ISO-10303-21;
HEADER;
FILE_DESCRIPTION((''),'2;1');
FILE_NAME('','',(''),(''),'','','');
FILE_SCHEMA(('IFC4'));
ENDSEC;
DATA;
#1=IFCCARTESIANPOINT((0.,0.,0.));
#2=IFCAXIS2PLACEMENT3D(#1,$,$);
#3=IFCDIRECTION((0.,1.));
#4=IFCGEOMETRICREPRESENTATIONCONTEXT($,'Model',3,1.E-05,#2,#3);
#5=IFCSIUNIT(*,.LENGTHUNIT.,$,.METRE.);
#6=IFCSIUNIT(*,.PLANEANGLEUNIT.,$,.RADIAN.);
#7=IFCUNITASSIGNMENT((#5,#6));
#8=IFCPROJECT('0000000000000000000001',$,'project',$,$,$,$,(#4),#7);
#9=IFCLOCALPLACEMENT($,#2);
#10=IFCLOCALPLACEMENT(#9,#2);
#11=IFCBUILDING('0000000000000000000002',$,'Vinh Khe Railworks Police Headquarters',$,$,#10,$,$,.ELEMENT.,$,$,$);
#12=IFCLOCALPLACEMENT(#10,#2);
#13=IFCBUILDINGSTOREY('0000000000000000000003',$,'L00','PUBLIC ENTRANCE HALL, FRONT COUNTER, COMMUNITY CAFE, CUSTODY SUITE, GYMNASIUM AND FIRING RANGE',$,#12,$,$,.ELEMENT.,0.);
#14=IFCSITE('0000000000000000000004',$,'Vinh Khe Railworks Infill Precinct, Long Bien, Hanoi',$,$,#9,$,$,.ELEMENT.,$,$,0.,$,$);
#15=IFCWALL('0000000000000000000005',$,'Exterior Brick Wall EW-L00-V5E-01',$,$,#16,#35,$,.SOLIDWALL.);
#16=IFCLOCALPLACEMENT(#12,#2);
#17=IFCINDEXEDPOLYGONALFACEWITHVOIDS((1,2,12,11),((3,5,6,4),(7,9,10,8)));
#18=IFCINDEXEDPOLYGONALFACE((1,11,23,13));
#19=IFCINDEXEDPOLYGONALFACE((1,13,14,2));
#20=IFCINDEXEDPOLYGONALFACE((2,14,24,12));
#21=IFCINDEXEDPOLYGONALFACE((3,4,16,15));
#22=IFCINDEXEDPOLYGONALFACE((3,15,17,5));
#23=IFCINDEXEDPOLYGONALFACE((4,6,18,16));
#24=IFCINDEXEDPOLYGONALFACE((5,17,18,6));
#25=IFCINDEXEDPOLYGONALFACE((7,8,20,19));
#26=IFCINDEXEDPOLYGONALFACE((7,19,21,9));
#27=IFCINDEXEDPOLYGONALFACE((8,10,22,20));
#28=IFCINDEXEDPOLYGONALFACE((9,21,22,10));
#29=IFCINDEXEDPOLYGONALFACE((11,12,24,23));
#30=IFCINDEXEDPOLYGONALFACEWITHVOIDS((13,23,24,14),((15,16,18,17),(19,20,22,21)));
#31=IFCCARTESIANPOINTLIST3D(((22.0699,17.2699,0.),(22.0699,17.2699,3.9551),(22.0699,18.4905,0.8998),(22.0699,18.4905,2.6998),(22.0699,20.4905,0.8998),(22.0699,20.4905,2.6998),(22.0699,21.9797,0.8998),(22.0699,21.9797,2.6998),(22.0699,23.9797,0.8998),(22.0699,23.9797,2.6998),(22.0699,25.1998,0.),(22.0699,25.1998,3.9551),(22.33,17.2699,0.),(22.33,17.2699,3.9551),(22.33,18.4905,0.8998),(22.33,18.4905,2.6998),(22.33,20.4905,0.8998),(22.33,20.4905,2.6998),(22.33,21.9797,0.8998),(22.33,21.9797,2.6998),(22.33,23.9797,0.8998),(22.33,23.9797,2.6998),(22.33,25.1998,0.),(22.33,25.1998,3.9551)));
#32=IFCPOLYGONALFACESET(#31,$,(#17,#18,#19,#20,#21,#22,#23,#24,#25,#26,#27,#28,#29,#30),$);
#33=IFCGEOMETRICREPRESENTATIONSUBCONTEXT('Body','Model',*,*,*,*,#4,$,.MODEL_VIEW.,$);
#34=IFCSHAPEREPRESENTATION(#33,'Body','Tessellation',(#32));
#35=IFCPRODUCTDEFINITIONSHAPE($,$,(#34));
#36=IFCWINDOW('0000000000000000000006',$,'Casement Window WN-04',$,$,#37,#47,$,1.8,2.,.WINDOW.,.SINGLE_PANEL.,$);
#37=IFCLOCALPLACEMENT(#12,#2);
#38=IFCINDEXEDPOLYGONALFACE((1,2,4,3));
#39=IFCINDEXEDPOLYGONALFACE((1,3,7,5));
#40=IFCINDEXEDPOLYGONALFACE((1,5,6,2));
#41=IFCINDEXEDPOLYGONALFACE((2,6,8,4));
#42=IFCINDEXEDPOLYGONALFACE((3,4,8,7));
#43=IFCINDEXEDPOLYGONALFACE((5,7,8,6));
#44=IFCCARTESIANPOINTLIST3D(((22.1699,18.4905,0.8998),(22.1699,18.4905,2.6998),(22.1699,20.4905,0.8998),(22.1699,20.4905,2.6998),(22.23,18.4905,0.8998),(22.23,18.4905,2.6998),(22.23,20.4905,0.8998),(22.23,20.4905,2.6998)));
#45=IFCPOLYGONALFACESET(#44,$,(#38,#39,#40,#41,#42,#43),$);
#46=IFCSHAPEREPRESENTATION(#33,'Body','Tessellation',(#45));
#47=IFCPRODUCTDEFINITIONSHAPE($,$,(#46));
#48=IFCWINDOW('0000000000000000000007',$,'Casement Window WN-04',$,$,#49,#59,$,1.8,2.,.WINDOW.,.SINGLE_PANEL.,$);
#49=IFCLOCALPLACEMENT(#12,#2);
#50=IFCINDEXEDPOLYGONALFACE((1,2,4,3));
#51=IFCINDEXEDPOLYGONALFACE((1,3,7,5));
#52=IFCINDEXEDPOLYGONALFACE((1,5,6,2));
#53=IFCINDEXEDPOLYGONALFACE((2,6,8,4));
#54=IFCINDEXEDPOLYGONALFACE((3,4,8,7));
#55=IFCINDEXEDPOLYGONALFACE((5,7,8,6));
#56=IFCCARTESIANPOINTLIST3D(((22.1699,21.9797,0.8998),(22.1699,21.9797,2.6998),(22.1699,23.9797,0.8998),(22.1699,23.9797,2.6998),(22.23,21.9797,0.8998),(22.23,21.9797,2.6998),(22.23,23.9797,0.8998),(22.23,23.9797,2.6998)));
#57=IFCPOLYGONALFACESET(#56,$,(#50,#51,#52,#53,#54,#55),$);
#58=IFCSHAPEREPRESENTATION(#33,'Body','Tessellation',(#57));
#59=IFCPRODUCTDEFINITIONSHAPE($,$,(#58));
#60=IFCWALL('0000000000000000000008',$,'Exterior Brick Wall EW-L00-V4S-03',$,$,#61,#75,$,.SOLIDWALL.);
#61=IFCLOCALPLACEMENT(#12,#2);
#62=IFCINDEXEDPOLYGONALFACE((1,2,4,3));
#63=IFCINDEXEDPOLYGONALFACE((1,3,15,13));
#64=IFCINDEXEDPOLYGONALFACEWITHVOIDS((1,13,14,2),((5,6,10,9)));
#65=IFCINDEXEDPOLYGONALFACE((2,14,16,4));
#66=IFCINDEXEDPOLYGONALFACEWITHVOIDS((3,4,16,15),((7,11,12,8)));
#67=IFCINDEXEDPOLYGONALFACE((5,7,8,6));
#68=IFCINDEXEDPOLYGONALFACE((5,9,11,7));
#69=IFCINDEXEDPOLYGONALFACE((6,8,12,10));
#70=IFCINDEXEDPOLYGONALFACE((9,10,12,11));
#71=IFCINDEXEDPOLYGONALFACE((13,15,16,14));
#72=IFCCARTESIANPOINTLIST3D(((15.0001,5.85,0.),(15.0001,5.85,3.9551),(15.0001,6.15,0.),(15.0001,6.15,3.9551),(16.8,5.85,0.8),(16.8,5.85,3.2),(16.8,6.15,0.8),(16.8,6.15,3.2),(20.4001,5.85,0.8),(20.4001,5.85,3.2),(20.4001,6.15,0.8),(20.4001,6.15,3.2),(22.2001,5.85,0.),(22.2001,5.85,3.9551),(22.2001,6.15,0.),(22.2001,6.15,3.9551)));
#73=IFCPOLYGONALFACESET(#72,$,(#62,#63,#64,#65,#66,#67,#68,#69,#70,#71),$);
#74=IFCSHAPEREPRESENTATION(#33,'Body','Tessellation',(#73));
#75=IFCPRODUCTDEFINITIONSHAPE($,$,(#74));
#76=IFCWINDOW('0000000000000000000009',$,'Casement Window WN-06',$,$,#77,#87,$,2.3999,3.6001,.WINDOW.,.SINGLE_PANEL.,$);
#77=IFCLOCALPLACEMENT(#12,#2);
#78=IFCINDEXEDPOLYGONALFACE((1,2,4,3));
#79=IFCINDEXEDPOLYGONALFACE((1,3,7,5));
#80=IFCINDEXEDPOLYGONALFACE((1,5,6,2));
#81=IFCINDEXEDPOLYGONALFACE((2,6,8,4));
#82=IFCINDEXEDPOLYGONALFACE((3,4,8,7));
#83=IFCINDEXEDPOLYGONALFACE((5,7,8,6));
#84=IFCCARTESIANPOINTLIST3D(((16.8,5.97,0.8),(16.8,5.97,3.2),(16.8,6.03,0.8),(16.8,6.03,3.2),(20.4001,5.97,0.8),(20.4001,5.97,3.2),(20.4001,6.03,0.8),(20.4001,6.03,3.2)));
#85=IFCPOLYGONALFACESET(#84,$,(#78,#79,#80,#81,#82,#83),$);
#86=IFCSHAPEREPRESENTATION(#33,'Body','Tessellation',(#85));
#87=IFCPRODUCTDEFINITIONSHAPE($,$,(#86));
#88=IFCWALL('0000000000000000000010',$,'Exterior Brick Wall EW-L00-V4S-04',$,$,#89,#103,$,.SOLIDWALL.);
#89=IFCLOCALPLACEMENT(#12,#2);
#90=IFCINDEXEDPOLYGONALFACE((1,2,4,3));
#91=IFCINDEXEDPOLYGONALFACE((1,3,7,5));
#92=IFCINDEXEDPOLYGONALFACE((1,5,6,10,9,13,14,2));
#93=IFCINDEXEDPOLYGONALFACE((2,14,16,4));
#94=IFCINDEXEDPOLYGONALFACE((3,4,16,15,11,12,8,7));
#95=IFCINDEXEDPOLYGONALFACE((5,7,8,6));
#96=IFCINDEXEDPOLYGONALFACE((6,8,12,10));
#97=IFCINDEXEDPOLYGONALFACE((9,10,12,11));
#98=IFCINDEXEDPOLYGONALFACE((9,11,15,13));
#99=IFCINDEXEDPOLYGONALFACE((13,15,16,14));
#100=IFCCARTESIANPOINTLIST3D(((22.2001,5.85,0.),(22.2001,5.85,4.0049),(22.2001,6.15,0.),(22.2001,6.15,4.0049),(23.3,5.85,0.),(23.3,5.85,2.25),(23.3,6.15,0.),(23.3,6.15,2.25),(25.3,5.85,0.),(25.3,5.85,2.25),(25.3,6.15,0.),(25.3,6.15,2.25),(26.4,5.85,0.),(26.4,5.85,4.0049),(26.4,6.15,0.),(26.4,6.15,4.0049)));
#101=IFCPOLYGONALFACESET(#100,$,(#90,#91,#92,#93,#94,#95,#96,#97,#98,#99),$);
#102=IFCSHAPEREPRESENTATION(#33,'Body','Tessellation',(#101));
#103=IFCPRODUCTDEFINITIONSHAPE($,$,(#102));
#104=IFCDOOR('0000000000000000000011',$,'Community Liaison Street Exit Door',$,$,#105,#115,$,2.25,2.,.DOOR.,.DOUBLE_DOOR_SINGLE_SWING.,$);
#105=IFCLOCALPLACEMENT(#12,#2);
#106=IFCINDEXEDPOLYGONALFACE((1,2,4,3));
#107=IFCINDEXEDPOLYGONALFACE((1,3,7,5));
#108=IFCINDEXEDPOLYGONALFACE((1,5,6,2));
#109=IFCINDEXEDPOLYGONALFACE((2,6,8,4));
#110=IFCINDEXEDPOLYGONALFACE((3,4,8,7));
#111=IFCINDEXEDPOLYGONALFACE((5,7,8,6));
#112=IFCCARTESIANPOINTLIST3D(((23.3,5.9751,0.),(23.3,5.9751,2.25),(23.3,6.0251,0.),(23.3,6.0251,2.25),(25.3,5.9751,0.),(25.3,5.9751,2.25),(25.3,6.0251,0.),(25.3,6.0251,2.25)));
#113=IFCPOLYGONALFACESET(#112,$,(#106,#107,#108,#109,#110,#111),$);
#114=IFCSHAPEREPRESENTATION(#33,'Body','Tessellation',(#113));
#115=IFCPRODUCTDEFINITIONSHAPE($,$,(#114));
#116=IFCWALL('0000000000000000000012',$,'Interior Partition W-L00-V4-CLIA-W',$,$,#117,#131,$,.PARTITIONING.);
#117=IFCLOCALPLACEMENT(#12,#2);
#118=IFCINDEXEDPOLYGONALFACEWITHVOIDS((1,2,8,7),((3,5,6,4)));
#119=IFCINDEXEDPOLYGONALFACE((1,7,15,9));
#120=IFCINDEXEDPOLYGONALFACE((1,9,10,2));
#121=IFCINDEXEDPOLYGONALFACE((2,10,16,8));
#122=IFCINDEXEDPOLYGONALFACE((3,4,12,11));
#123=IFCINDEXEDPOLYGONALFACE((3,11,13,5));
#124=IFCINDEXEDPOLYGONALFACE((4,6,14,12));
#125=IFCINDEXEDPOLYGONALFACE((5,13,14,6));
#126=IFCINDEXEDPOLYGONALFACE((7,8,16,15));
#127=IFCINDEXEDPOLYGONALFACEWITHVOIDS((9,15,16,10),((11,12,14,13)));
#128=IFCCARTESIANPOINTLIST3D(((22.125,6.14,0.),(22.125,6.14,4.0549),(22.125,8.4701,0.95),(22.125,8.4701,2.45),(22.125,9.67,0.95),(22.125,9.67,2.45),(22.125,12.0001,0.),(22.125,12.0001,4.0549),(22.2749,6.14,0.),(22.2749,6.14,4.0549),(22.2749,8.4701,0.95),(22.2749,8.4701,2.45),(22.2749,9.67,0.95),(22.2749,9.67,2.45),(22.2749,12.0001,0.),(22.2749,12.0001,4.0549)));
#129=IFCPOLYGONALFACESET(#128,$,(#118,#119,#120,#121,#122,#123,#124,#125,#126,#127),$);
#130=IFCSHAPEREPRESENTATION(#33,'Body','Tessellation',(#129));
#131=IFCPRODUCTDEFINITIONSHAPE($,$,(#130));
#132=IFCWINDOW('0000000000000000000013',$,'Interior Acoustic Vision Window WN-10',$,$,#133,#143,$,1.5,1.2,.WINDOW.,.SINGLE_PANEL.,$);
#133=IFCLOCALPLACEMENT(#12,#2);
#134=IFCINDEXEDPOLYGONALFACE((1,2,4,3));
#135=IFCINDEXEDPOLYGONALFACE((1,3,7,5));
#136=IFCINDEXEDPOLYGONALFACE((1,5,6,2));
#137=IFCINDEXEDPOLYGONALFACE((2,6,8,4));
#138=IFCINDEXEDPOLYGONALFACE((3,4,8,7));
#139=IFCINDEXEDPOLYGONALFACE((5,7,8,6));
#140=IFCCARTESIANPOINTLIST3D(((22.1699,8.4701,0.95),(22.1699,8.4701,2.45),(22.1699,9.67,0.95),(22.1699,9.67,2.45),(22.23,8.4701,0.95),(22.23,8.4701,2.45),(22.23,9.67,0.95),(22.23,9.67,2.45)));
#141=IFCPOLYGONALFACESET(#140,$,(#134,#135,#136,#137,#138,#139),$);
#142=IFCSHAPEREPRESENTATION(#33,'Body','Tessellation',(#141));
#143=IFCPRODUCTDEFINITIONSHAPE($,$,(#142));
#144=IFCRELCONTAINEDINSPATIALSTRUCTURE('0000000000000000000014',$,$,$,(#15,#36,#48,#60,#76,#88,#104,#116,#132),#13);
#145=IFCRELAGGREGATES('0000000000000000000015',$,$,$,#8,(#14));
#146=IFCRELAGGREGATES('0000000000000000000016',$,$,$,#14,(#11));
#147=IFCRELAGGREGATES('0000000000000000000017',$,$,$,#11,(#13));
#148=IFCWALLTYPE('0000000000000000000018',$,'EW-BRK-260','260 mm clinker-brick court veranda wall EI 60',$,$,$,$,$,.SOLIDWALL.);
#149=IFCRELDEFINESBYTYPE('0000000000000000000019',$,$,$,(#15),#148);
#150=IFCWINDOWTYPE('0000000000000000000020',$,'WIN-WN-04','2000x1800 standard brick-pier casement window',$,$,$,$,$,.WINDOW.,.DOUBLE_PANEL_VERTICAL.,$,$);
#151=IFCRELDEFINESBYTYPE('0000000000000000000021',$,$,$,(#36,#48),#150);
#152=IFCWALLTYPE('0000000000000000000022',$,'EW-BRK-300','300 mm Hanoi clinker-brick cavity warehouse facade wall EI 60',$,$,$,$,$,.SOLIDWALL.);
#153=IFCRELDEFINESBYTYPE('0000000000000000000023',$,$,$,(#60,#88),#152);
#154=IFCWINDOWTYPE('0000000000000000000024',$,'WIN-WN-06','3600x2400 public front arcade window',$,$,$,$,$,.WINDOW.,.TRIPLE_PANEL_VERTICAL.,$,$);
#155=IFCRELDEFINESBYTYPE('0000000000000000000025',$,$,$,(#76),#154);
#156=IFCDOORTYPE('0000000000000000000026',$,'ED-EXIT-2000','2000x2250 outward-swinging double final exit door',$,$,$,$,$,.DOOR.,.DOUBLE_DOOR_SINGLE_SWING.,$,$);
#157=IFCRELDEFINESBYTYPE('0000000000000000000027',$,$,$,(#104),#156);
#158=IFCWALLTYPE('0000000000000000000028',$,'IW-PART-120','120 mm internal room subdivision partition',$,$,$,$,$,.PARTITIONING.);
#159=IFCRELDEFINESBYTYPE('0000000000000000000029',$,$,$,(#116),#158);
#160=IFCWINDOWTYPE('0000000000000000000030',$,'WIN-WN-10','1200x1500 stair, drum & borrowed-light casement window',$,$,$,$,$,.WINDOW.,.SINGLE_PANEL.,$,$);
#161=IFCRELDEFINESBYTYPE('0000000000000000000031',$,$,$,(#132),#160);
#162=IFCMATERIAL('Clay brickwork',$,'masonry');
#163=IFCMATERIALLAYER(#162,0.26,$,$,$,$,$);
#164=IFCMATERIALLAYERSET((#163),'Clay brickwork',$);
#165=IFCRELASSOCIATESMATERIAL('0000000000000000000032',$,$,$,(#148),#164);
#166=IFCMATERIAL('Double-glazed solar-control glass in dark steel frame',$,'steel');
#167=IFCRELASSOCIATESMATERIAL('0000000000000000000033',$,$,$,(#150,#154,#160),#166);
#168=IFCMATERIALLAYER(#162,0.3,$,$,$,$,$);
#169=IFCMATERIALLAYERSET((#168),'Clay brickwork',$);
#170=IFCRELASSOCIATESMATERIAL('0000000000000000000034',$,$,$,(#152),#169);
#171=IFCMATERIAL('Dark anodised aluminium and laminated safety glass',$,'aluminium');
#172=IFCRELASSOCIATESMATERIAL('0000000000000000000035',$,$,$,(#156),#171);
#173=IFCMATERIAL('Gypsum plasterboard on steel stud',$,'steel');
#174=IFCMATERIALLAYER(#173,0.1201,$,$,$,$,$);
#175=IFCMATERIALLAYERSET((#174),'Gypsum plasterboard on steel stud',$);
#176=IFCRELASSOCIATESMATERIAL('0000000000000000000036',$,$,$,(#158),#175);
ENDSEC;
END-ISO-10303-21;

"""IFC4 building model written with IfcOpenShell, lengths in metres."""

from ifc_helpers import new_model, si_unit, direction, frame, frame_2d, origin, place, context, subcontext, project, spatial, rectangle, extrude, material, layer, layer_set, type_object, element, fill, save


model = new_model("IFC4")

# Units and contexts
model_context = context("Model", 3, precision=1e-05, world=origin(), true_north=direction((0.0, 1.0)))
body_context = subcontext(model_context, "Body", "Model", "MODEL_VIEW")
ifc_project = project(units=[si_unit("LENGTHUNIT", "METRE"), si_unit("PLANEANGLEUNIT", "RADIAN")], contexts=[model_context])

# Site, building, storey
site_placement = place(None, origin())
site = spatial("IfcSite", under=ifc_project, at=site_placement, Name="Vinh Khe Railworks Infill Precinct, Long Bien, Hanoi", CompositionType="ELEMENT", RefElevation=0.0)
building_placement = place(site_placement, origin())
building = spatial("IfcBuilding", under=site, at=building_placement, Name="Vinh Khe Railworks Police Headquarters", CompositionType="ELEMENT")
storey_placement = place(building_placement, origin())
storey = spatial("IfcBuildingStorey", under=building, at=storey_placement, Name="L00", Description="PUBLIC ENTRANCE HALL, FRONT COUNTER, COMMUNITY CAFE, CUSTODY SUITE, GYMNASIUM AND FIRING RANGE", CompositionType="ELEMENT", Elevation=0.0)

# Shared definitions
ifc_material_1 = material(Name="Clay brickwork", Category="masonry")
ifc_layer_1 = layer(ifc_material_1, 0.26)
ifc_layer_set_1 = layer_set([ifc_layer_1], Name="Clay brickwork")
wall_type_1 = type_object("IfcWallType", Name="EW-BRK-260", Description="260 mm clinker-brick court veranda wall EI 60", PredefinedType="SOLIDWALL", material=ifc_layer_set_1)
ifc_material_2 = material(Name="Double-glazed solar-control glass in dark steel frame", Category="steel")

# Wall, openings, windows
wall_1_placement = place(storey_placement, frame((22.2, 17.27, 0.0), z_axis=(0.0, 0.0, 1.0), x_axis=(0.0, 1.0, 0.0)))
wall_1 = element("IfcWall", 1, at=wall_1_placement, inside=storey, type_object=wall_type_1, Name="Exterior Brick Wall EW-L00-V5E-01", PredefinedType="SOLIDWALL", context=body_context, shape_type="SweptSolid", body=[
    extrude(rectangle(XDim=7.9299, YDim=0.26, at=frame_2d((3.9648, 0.0))), origin(), (0.0, 0.0, 1.0), 3.9551),
])
opening_1_placement = place(wall_1_placement, frame((1.2205, 0.0, 0.8999)))
opening_1 = element("IfcOpeningElement", 2, at=opening_1_placement, cuts=wall_1, PredefinedType="OPENING", context=body_context, shape_type="SweptSolid", body=[
    extrude(rectangle(XDim=2.0, YDim=1.8, at=frame_2d((1.0, 0.8999))), frame((0.0, 0.145, 0.0), z_axis=(0.0, -1.0, 0.0), x_axis=(1.0, 0.0, 0.0)), (0.0, 0.0, 1.0), 0.2898),
])
opening_2_placement = place(wall_1_placement, frame((4.7097, 0.0, 0.8999)))
opening_2 = element("IfcOpeningElement", 3, at=opening_2_placement, cuts=wall_1, PredefinedType="OPENING", context=body_context, shape_type="SweptSolid", body=[
    extrude(rectangle(XDim=2.0, YDim=1.8, at=frame_2d((1.0, 0.8999))), frame((0.0, 0.145, 0.0), z_axis=(0.0, -1.0, 0.0), x_axis=(1.0, 0.0, 0.0)), (0.0, 0.0, 1.0), 0.2898),
])
window_type_1 = type_object("IfcWindowType", Name="WIN-WN-04", Description="2000x1800 standard brick-pier casement window", PartitioningType="DOUBLE_PANEL_VERTICAL", PredefinedType="WINDOW", material=ifc_material_2)
window_1_placement = place(opening_1_placement, origin())
window_1 = element("IfcWindow", 4, at=window_1_placement, inside=storey, type_object=window_type_1, Name="Casement Window WN-04", OverallHeight=1.8, OverallWidth=2.0, PartitioningType="SINGLE_PANEL", PredefinedType="WINDOW", context=body_context, shape_type="SweptSolid", body=[
    extrude(rectangle(XDim=2.0, YDim=1.8, at=frame_2d((1.0, 0.8999))), frame((0.0, 0.03, 0.0), z_axis=(0.0, -1.0, 0.0), x_axis=(1.0, 0.0, 0.0)), (0.0, 0.0, 1.0), 0.0601),
])
fill(opening_1, window_1)
window_2_placement = place(opening_2_placement, origin())
window_2 = element("IfcWindow", 5, at=window_2_placement, inside=storey, type_object=window_type_1, Name="Casement Window WN-04", OverallHeight=1.8, OverallWidth=2.0, PartitioningType="SINGLE_PANEL", PredefinedType="WINDOW", context=body_context, shape_type="SweptSolid", body=[
    extrude(rectangle(XDim=2.0, YDim=1.8, at=frame_2d((1.0, 0.8999))), frame((0.0, 0.03, 0.0), z_axis=(0.0, -1.0, 0.0), x_axis=(1.0, 0.0, 0.0)), (0.0, 0.0, 1.0), 0.0601),
])
fill(opening_2, window_2)

# Wall, opening, window
ifc_layer_2 = layer(ifc_material_1, 0.3)
ifc_layer_set_2 = layer_set([ifc_layer_2], Name="Clay brickwork")
wall_type_2 = type_object("IfcWallType", Name="EW-BRK-300", Description="300 mm Hanoi clinker-brick cavity warehouse facade wall EI 60", PredefinedType="SOLIDWALL", material=ifc_layer_set_2)
wall_2_placement = place(storey_placement, frame((15.0, 6.0, 0.0), z_axis=(0.0, 0.0, 1.0), x_axis=(1.0, 0.0, 0.0)))
wall_2 = element("IfcWall", 6, at=wall_2_placement, inside=storey, type_object=wall_type_2, Name="Exterior Brick Wall EW-L00-V4S-03", PredefinedType="SOLIDWALL", context=body_context, shape_type="SweptSolid", body=[
    extrude(rectangle(XDim=7.2, YDim=0.3, at=frame_2d((3.6001, 0.0))), origin(), (0.0, 0.0, 1.0), 3.9551),
])
opening_3_placement = place(wall_2_placement, frame((1.8, 0.0, 0.8)))
opening_3 = element("IfcOpeningElement", 7, at=opening_3_placement, cuts=wall_2, PredefinedType="OPENING", context=body_context, shape_type="SweptSolid", body=[
    extrude(rectangle(XDim=3.6001, YDim=2.3999, at=frame_2d((1.8, 1.2))), frame((0.0, 0.165, 0.0), z_axis=(0.0, -1.0, 0.0), x_axis=(1.0, 0.0, 0.0)), (0.0, 0.0, 1.0), 0.3298),
])
window_type_2 = type_object("IfcWindowType", Name="WIN-WN-06", Description="3600x2400 public front arcade window", PartitioningType="TRIPLE_PANEL_VERTICAL", PredefinedType="WINDOW", material=ifc_material_2)
window_3_placement = place(opening_3_placement, origin())
window_3 = element("IfcWindow", 8, at=window_3_placement, inside=storey, type_object=window_type_2, Name="Casement Window WN-06", OverallHeight=2.3999, OverallWidth=3.6001, PartitioningType="SINGLE_PANEL", PredefinedType="WINDOW", context=body_context, shape_type="SweptSolid", body=[
    extrude(rectangle(XDim=3.6001, YDim=2.3999, at=frame_2d((1.8, 1.2))), frame((0.0, 0.03, 0.0), z_axis=(0.0, -1.0, 0.0), x_axis=(1.0, 0.0, 0.0)), (0.0, 0.0, 1.0), 0.0601),
])
fill(opening_3, window_3)

# Wall, opening, door
wall_3_placement = place(storey_placement, frame((22.2, 6.0, 0.0), z_axis=(0.0, 0.0, 1.0), x_axis=(1.0, 0.0, 0.0)))
wall_3 = element("IfcWall", 9, at=wall_3_placement, inside=storey, type_object=wall_type_2, Name="Exterior Brick Wall EW-L00-V4S-04", PredefinedType="SOLIDWALL", context=body_context, shape_type="SweptSolid", body=[
    extrude(rectangle(XDim=4.2, YDim=0.3, at=frame_2d((2.1001, 0.0))), origin(), (0.0, 0.0, 1.0), 4.0049),
])
opening_4_placement = place(wall_3_placement, frame((1.1001, 0.0, 0.0)))
opening_4 = element("IfcOpeningElement", 10, at=opening_4_placement, cuts=wall_3, PredefinedType="OPENING", context=body_context, shape_type="SweptSolid", body=[
    extrude(rectangle(XDim=2.0, YDim=2.25, at=frame_2d((1.0, 1.125))), frame((0.0, 0.165, 0.0), z_axis=(0.0, -1.0, 0.0), x_axis=(1.0, 0.0, 0.0)), (0.0, 0.0, 1.0), 0.3298),
])
ifc_material_3 = material(Name="Dark anodised aluminium and laminated safety glass", Category="aluminium")
door_type_1 = type_object("IfcDoorType", Name="ED-EXIT-2000", Description="2000x2250 outward-swinging double final exit door", OperationType="DOUBLE_DOOR_SINGLE_SWING", PredefinedType="DOOR", material=ifc_material_3)
door_1_placement = place(opening_4_placement, frame((2.0, 0.0, 0.0), z_axis=(0.0, 0.0, 1.0), x_axis=(-1.0, 0.0, 0.0)))
door_1 = element("IfcDoor", 11, at=door_1_placement, inside=storey, type_object=door_type_1, Name="Community Liaison Street Exit Door", OperationType="DOUBLE_DOOR_SINGLE_SWING", OverallHeight=2.25, OverallWidth=2.0, PredefinedType="DOOR", context=body_context, shape_type="SweptSolid", body=[
    extrude(rectangle(XDim=2.0, YDim=2.25, at=frame_2d((1.0, 1.125))), frame((0.0, 0.0249, 0.0), z_axis=(0.0, -1.0, 0.0), x_axis=(1.0, 0.0, 0.0)), (0.0, 0.0, 1.0), 0.05),
])
fill(opening_4, door_1)

# Wall, opening, window
ifc_material_4 = material(Name="Gypsum plasterboard on steel stud", Category="steel")
ifc_layer_3 = layer(ifc_material_4, 0.1201)
ifc_layer_set_3 = layer_set([ifc_layer_3], Name="Gypsum plasterboard on steel stud")
wall_type_3 = type_object("IfcWallType", Name="IW-PART-120", Description="120 mm internal room subdivision partition", PredefinedType="PARTITIONING", material=ifc_layer_set_3)
wall_4_placement = place(storey_placement, frame((22.2, 6.1399, 0.0), z_axis=(0.0, 0.0, 1.0), x_axis=(0.0, 1.0, 0.0)))
wall_4 = element("IfcWall", 12, at=wall_4_placement, inside=storey, type_object=wall_type_3, Name="Interior Partition W-L00-V4-CLIA-W", PredefinedType="PARTITIONING", context=body_context, shape_type="SweptSolid", body=[
    extrude(rectangle(XDim=5.8601, YDim=0.1499, at=frame_2d((2.9302, 0.0))), origin(), (0.0, 0.0, 1.0), 4.0549),
])
opening_5_placement = place(wall_4_placement, frame((2.3301, 0.0, 0.95)))
opening_5 = element("IfcOpeningElement", 13, at=opening_5_placement, cuts=wall_4, PredefinedType="OPENING", context=body_context, shape_type="SweptSolid", body=[
    extrude(rectangle(XDim=1.2, YDim=1.5, at=frame_2d((0.6001, 0.75))), frame((0.0, 0.0898, 0.0), z_axis=(0.0, -1.0, 0.0), x_axis=(1.0, 0.0, 0.0)), (0.0, 0.0, 1.0), 0.1797),
])
window_type_3 = type_object("IfcWindowType", Name="WIN-WN-10", Description="1200x1500 stair, drum & borrowed-light casement window", PartitioningType="SINGLE_PANEL", PredefinedType="WINDOW", material=ifc_material_2)
window_4_placement = place(opening_5_placement, origin())
window_4 = element("IfcWindow", 14, at=window_4_placement, inside=storey, type_object=window_type_3, Name="Interior Acoustic Vision Window WN-10", OverallHeight=1.5, OverallWidth=1.2, PartitioningType="SINGLE_PANEL", PredefinedType="WINDOW", context=body_context, shape_type="SweptSolid", body=[
    extrude(rectangle(XDim=1.2, YDim=1.5, at=frame_2d((0.6001, 0.75))), frame((0.0, 0.03, 0.0), z_axis=(0.0, -1.0, 0.0), x_axis=(1.0, 0.0, 0.0)), (0.0, 0.0, 1.0), 0.0601),
])
fill(opening_5, window_4)

save(model, "model.ifc")
